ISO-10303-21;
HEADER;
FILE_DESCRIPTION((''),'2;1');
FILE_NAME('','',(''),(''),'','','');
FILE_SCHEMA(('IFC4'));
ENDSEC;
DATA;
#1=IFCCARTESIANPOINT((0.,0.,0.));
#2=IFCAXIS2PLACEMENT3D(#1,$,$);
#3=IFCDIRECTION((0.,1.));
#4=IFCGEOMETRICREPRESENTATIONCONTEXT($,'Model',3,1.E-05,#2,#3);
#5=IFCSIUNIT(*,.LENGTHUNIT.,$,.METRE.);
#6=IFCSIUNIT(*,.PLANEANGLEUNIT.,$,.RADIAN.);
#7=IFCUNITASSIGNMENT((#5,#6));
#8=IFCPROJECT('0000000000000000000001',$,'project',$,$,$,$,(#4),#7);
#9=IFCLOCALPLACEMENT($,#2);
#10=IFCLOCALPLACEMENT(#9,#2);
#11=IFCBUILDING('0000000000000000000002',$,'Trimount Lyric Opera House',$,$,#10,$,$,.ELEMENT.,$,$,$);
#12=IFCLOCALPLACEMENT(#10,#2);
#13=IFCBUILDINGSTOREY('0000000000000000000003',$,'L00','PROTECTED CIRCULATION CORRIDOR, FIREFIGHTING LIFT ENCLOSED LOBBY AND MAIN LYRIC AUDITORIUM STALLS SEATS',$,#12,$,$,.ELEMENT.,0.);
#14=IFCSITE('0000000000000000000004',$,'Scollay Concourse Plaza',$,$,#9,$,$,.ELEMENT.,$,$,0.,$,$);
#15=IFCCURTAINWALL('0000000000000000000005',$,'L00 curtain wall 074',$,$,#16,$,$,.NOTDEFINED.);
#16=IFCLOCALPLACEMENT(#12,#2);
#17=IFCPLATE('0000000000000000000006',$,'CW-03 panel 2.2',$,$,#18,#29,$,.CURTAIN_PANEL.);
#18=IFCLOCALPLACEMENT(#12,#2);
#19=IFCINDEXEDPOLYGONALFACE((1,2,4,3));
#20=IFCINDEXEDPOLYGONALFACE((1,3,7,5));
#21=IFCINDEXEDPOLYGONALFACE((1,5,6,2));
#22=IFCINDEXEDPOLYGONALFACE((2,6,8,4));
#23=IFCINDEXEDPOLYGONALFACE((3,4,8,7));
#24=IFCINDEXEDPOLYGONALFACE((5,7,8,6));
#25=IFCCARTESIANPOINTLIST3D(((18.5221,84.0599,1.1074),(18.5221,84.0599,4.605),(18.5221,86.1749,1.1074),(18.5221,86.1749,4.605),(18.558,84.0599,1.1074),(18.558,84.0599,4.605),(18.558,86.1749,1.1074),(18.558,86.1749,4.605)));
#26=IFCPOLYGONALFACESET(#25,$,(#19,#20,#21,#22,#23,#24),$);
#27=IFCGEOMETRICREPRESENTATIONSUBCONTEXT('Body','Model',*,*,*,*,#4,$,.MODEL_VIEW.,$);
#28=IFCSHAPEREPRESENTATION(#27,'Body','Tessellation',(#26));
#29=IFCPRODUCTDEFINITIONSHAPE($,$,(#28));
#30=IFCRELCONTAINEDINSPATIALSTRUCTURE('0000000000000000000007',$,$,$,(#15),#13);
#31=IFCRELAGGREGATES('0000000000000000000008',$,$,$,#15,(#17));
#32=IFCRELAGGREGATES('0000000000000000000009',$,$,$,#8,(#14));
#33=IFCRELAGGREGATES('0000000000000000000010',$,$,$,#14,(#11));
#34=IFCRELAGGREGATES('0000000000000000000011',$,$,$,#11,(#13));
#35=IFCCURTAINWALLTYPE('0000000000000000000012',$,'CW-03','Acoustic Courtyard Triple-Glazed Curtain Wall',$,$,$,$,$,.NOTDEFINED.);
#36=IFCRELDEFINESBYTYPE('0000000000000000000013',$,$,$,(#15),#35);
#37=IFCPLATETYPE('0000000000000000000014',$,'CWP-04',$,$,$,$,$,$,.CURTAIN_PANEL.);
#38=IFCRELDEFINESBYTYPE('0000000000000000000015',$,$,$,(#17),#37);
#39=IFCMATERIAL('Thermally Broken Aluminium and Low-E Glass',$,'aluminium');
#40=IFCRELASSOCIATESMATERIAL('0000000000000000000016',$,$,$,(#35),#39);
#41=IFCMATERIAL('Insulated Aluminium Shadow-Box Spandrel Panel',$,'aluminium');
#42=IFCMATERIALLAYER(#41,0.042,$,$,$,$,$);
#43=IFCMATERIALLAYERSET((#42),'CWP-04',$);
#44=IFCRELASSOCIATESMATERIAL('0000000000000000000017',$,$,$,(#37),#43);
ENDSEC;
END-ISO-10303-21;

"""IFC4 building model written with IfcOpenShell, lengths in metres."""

from ifc_helpers import new_model, si_unit, direction, frame, origin, origin_2d, place, context, subcontext, project, spatial, rectangle, extrude, material, layer, layer_set, type_object, element, aggregate, save


model = new_model("IFC4")

# Units and contexts
model_context = context("Model", 3, precision=1e-05, world=origin(), true_north=direction((0.0, 1.0)))
body_context = subcontext(model_context, "Body", "Model", "MODEL_VIEW")
ifc_project = project(units=[si_unit("LENGTHUNIT", "METRE"), si_unit("PLANEANGLEUNIT", "RADIAN")], contexts=[model_context])

# Site, building, storey
site_placement = place(None, origin())
site = spatial("IfcSite", under=ifc_project, at=site_placement, Name="Scollay Concourse Plaza", CompositionType="ELEMENT", RefElevation=0.0)
building_placement = place(site_placement, origin())
building = spatial("IfcBuilding", under=site, at=building_placement, Name="Trimount Lyric Opera House", CompositionType="ELEMENT")
storey_placement = place(building_placement, origin())
storey = spatial("IfcBuildingStorey", under=building, at=storey_placement, Name="L00", Description="PROTECTED CIRCULATION CORRIDOR, FIREFIGHTING LIFT ENCLOSED LOBBY AND MAIN LYRIC AUDITORIUM STALLS SEATS", CompositionType="ELEMENT", Elevation=0.0)

# Shared definitions
ifc_material_1 = material(Name="Thermally Broken Aluminium and Low-E Glass", Category="aluminium")
curtain_wall_type = type_object("IfcCurtainWallType", Name="CW-03", Description="Acoustic Courtyard Triple-Glazed Curtain Wall", PredefinedType="NOTDEFINED", material=ifc_material_1)

# Curtain wall
curtain_wall_1_placement = place(storey_placement, origin())
curtain_wall_1 = element("IfcCurtainWall", 1, at=curtain_wall_1_placement, inside=storey, type_object=curtain_wall_type, Name="L00 curtain wall 074", PredefinedType="NOTDEFINED")

# Plate
ifc_material_2 = material(Name="Insulated Aluminium Shadow-Box Spandrel Panel", Category="aluminium")
ifc_layer_1 = layer(ifc_material_2, 0.042)
ifc_layer_set_1 = layer_set([ifc_layer_1], Name="CWP-04")
plate_type_1 = type_object("IfcPlateType", Name="CWP-04", PredefinedType="CURTAIN_PANEL", material=ifc_layer_set_1)
plate_1_placement = place(storey_placement, frame((18.54, 85.1174, 1.1074), z_axis=(0.0, 0.0, 1.0), x_axis=(0.0, -1.0, 0.0)))
plate_1 = element("IfcPlate", 2, at=plate_1_placement, type_object=plate_type_1, Name="CW-03 panel 2.2", PredefinedType="CURTAIN_PANEL", context=body_context, shape_type="SweptSolid", body=[
    extrude(rectangle(XDim=2.115, YDim=0.0359, at=origin_2d()), origin(), (0.0, 0.0, 1.0), 3.4976),
])
aggregate(curtain_wall_1, [plate_1])

save(model, "model.ifc")
